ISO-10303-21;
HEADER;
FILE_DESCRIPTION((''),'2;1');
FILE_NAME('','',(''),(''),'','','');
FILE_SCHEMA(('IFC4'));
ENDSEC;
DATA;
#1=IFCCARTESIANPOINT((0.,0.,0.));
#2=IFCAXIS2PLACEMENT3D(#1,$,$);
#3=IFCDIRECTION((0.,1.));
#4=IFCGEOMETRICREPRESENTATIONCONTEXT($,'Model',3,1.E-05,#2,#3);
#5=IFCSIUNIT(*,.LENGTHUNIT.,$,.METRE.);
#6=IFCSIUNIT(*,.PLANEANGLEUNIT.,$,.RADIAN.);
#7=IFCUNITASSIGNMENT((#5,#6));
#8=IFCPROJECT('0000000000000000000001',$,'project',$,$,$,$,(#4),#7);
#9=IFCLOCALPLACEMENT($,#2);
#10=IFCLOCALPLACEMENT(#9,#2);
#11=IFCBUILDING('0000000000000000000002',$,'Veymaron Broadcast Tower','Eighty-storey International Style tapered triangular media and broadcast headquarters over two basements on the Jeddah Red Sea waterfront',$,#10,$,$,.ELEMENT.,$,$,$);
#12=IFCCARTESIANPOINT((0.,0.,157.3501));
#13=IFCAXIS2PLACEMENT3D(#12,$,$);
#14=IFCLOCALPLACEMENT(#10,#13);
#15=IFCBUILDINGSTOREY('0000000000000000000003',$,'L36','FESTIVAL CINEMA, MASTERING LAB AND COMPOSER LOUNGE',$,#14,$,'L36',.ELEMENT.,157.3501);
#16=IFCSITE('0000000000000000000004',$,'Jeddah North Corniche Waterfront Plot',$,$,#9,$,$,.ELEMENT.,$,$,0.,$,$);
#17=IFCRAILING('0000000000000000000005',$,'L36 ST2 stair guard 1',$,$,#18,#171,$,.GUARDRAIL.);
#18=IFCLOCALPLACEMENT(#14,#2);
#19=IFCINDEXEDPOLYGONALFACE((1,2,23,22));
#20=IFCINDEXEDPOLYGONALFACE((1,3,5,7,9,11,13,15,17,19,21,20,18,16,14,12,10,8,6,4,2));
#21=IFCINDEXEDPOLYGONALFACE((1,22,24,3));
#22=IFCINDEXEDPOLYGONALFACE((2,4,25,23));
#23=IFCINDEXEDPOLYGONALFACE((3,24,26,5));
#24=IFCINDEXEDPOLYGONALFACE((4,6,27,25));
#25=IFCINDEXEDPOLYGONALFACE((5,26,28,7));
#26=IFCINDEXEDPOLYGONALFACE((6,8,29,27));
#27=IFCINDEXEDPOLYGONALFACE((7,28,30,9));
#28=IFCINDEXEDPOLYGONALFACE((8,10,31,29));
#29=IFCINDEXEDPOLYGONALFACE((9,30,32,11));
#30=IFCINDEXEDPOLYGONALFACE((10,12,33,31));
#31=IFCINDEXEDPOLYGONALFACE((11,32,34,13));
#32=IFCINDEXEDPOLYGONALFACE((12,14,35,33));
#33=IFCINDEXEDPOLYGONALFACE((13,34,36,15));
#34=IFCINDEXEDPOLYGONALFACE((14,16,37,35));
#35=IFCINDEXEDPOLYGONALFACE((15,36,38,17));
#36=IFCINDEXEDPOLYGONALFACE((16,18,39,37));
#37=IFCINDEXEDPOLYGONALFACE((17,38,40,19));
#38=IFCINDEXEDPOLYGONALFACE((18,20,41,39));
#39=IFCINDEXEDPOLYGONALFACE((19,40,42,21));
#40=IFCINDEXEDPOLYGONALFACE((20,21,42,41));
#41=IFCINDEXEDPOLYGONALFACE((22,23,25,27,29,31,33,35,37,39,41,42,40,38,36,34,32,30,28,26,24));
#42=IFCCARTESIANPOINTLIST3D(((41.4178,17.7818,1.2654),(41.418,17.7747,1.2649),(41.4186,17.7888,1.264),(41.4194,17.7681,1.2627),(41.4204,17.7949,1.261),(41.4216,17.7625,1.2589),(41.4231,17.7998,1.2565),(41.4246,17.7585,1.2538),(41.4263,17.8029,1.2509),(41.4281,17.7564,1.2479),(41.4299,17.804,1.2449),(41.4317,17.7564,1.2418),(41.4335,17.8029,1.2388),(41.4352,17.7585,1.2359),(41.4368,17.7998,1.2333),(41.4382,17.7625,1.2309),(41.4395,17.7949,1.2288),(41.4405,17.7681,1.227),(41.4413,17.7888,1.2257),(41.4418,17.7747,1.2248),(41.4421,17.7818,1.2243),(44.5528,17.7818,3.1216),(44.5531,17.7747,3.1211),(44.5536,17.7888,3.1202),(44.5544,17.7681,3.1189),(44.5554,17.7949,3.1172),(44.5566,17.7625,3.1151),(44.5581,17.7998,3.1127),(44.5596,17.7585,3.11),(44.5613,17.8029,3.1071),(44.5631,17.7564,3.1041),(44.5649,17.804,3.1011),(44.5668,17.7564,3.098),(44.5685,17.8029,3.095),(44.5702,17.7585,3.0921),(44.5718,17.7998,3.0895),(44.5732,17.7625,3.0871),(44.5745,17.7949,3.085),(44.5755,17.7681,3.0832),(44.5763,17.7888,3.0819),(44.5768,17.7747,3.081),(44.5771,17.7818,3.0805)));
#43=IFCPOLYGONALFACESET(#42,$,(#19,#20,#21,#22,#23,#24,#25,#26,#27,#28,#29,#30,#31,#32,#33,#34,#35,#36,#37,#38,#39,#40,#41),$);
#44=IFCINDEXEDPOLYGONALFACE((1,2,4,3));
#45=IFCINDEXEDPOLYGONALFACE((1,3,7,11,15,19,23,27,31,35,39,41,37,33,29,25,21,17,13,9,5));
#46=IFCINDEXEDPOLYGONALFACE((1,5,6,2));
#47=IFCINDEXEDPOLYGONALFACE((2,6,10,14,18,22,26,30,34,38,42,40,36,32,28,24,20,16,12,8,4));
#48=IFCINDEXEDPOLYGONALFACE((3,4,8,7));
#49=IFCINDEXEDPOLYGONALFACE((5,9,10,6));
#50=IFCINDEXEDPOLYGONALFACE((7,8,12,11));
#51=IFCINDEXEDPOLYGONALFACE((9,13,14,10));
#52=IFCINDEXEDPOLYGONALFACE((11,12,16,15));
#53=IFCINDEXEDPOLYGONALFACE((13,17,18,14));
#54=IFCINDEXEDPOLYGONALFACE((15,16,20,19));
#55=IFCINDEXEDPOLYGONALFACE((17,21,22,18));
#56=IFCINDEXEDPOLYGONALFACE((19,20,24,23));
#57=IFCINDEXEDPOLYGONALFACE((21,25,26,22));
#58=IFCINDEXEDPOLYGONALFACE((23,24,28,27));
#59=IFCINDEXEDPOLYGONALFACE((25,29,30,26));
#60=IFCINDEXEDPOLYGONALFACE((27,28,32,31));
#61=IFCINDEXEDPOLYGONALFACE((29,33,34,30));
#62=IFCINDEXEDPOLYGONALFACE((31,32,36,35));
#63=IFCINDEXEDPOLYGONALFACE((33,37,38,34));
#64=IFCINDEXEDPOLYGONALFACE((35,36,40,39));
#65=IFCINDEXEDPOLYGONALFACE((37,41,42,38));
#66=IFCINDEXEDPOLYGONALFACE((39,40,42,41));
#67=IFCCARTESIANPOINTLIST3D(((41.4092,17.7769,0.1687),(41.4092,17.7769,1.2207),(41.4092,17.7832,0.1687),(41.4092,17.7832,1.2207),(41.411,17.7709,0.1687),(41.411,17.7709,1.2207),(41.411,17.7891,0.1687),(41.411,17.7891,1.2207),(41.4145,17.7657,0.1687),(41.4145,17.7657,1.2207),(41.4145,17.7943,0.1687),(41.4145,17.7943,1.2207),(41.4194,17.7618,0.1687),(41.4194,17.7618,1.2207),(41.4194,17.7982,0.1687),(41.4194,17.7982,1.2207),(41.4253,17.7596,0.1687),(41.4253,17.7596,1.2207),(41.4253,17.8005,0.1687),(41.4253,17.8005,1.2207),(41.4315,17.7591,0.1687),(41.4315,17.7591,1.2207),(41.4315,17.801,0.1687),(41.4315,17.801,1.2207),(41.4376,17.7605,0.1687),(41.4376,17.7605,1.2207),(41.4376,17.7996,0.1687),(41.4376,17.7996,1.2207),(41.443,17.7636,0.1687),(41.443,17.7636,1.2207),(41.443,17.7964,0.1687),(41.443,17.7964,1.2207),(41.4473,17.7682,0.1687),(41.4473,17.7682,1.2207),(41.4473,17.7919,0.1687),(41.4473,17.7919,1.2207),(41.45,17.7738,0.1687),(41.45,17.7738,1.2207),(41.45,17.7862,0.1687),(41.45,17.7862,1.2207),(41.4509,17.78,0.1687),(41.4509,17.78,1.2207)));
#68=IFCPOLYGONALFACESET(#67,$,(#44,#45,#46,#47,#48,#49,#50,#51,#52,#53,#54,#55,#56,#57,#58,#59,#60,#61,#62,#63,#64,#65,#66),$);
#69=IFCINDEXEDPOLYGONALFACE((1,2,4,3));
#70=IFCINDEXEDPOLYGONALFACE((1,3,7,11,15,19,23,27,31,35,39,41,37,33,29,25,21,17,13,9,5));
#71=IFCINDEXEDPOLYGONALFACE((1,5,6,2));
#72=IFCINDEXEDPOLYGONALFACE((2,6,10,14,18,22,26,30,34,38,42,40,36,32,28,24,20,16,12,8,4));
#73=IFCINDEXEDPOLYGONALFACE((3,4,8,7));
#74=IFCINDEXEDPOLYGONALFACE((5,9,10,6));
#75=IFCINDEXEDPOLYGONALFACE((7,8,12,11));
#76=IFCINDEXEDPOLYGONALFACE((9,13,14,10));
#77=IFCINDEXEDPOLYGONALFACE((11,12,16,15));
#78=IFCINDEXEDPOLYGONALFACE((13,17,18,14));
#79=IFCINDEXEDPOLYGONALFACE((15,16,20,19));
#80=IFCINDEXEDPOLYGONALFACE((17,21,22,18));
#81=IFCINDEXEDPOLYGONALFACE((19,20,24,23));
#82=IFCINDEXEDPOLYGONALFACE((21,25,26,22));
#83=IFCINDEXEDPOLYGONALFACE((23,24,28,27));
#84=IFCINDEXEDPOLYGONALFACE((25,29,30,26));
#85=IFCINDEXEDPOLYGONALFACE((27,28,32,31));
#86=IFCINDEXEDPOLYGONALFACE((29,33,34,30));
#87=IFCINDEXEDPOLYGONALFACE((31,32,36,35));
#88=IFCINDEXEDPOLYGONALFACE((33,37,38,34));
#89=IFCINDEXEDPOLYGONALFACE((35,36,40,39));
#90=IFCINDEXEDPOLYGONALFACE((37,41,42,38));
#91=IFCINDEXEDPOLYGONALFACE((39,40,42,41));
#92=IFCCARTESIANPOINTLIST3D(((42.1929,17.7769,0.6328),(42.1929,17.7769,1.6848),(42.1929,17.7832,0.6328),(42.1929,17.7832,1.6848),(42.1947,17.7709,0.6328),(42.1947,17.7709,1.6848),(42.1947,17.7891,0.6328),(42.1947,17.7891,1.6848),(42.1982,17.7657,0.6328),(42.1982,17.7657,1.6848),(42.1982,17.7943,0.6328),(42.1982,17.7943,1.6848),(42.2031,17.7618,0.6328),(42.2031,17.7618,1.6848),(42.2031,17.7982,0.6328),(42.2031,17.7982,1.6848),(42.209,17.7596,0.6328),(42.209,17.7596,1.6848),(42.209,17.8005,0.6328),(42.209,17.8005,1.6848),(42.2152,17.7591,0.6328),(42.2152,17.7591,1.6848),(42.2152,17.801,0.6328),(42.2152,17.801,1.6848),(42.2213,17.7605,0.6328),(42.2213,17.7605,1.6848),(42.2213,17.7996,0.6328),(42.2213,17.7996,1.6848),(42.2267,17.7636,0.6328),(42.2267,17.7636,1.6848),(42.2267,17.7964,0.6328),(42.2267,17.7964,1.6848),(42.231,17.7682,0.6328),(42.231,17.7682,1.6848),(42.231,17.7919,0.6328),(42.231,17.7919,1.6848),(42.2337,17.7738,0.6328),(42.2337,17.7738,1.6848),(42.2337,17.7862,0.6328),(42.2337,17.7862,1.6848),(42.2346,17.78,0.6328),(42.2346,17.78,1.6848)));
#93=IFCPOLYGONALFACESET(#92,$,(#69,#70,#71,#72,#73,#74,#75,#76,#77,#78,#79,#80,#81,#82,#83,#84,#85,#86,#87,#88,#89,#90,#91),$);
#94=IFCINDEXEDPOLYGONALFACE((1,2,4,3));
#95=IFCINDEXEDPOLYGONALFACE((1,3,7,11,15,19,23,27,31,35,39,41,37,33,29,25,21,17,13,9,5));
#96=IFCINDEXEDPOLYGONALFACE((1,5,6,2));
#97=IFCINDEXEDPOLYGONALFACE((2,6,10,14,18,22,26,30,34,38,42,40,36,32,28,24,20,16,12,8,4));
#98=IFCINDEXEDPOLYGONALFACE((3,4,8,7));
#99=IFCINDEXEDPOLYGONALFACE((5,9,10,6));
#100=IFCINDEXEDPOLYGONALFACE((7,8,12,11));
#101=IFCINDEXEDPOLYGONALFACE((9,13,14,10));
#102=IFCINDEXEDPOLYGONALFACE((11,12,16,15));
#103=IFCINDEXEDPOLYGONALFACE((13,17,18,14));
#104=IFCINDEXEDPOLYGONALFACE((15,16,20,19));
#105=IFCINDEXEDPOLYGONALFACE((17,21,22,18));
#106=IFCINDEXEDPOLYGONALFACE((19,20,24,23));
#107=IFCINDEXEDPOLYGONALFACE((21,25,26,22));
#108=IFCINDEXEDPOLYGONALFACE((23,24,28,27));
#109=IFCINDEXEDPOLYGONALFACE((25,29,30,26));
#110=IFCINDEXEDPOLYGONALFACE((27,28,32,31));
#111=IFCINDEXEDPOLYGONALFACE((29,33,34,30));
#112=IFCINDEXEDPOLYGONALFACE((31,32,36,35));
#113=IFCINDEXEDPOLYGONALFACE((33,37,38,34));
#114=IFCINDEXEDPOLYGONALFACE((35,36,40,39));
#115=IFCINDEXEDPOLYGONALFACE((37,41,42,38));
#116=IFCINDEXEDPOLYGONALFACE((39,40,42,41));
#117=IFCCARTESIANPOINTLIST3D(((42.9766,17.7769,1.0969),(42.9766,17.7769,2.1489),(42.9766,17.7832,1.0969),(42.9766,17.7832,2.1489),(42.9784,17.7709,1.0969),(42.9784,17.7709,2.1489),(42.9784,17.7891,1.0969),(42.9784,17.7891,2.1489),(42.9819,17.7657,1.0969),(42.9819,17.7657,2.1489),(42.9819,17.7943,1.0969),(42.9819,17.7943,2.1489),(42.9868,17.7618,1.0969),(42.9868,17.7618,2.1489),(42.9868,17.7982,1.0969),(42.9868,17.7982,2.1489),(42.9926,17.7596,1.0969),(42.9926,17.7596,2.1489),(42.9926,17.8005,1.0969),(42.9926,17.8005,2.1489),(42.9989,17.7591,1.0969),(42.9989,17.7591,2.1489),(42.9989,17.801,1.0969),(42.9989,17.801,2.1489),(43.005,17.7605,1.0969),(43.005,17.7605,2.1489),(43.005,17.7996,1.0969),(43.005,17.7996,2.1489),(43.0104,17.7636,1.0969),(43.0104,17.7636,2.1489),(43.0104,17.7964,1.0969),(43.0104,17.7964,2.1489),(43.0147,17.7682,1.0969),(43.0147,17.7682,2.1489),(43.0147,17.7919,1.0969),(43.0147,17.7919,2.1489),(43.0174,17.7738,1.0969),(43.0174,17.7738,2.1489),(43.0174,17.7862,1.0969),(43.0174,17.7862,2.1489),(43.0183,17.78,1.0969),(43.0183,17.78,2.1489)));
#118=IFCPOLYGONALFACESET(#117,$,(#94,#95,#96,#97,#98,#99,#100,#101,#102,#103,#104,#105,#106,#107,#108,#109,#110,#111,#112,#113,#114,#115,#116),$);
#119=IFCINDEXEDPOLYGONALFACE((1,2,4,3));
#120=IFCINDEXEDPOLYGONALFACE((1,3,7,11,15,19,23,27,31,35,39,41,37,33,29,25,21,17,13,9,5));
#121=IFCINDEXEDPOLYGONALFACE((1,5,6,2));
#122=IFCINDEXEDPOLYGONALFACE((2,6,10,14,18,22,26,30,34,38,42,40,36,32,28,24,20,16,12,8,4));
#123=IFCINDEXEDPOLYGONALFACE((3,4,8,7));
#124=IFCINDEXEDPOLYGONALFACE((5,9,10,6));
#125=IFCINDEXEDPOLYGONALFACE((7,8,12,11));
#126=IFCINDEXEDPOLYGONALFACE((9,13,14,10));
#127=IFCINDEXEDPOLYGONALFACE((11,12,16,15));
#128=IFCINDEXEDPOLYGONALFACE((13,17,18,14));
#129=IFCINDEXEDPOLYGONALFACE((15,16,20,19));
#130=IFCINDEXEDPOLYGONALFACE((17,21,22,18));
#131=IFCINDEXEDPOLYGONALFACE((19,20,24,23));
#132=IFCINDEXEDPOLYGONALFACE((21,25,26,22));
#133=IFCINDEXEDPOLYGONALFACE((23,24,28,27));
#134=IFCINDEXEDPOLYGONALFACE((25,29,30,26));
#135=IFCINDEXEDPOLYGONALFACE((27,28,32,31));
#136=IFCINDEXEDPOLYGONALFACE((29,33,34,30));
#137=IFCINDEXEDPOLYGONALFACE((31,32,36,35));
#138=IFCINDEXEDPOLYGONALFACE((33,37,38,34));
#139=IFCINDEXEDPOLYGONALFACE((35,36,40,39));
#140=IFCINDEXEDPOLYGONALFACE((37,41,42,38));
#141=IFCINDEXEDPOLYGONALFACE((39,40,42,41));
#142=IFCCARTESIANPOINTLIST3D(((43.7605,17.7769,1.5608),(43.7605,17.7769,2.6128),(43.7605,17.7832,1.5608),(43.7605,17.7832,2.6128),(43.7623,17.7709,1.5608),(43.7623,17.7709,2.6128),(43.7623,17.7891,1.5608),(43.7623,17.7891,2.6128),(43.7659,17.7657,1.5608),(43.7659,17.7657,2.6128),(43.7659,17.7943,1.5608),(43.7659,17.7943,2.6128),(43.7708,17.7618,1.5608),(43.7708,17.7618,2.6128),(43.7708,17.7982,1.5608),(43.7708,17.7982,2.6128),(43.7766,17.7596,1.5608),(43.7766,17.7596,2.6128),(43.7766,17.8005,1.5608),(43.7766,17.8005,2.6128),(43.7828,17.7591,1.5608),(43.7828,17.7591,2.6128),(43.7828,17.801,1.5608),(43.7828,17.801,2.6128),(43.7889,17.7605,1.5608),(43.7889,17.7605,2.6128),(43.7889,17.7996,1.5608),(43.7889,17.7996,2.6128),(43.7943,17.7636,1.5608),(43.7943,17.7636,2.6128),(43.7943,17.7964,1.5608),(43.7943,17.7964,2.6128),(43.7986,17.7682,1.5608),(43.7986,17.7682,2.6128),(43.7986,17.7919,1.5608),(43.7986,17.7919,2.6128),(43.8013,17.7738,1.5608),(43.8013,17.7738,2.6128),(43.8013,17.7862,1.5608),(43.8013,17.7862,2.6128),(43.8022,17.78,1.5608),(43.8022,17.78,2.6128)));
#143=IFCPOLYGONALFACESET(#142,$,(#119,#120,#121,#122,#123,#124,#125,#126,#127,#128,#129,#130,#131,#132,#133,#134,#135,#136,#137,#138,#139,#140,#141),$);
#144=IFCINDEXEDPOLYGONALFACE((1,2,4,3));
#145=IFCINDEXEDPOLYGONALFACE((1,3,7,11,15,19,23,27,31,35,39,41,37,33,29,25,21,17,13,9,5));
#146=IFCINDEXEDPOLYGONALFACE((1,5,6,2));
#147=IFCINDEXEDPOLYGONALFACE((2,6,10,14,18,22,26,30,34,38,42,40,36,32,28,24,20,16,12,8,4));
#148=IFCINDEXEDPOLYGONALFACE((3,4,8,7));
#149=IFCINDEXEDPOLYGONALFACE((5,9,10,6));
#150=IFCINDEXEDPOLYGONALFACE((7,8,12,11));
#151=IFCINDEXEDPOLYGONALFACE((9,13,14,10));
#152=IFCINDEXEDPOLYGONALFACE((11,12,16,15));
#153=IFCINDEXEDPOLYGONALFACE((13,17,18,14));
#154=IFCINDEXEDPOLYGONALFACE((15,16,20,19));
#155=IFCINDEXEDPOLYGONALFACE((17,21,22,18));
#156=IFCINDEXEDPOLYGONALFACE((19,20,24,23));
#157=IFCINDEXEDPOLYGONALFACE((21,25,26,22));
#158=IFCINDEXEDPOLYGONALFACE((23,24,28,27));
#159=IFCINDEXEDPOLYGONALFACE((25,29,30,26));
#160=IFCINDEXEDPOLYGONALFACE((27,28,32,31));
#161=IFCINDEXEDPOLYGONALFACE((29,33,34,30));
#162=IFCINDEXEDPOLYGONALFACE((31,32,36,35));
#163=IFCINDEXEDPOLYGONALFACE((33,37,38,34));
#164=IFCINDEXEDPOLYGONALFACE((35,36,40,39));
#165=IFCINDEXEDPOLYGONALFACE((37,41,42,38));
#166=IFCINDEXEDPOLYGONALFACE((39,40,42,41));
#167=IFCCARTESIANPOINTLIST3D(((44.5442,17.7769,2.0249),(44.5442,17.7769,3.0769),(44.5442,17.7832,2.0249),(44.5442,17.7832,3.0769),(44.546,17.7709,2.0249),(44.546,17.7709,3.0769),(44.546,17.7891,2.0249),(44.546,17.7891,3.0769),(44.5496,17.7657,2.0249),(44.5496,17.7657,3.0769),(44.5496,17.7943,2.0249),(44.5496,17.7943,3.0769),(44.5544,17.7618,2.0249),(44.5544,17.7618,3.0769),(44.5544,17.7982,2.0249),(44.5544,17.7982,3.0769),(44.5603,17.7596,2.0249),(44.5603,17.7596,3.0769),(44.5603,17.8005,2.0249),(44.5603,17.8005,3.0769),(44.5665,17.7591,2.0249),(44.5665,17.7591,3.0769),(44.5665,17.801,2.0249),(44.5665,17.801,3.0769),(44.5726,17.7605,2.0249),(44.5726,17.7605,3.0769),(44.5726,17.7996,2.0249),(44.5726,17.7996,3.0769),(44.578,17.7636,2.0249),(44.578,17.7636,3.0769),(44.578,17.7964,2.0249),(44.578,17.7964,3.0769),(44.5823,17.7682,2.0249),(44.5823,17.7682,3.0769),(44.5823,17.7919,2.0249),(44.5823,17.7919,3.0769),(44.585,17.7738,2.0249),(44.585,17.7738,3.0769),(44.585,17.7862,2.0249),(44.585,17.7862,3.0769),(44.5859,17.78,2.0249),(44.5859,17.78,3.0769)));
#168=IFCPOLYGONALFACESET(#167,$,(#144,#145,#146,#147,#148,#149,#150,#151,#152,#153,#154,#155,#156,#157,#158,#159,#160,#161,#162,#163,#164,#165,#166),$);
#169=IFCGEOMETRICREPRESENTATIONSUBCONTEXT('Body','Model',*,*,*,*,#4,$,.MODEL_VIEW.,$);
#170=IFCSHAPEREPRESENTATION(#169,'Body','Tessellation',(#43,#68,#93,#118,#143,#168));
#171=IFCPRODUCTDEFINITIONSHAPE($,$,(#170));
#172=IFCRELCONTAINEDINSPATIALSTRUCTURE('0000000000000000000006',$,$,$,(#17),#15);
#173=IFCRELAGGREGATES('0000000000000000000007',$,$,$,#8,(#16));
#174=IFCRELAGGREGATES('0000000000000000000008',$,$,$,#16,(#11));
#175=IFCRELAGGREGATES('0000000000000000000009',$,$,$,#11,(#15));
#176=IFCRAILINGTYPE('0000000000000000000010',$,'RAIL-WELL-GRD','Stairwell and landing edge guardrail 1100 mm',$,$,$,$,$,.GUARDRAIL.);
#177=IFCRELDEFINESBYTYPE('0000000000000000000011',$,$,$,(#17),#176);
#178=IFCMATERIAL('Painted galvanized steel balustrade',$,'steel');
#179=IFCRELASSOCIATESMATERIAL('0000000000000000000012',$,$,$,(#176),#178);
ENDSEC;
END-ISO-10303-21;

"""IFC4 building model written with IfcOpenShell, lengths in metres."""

from ifc_helpers import new_model, si_unit, direction, frame, origin, origin_2d, place, context, subcontext, project, spatial, circle, extrude, material, type_object, element, save


model = new_model("IFC4")

# Units and contexts
model_context = context("Model", 3, precision=1e-05, world=origin(), true_north=direction((0.0, 1.0)))
body_context = subcontext(model_context, "Body", "Model", "MODEL_VIEW")
ifc_project = project(units=[si_unit("LENGTHUNIT", "METRE"), si_unit("PLANEANGLEUNIT", "RADIAN")], contexts=[model_context])

# Site, building, storey
site_placement = place(None, origin())
site = spatial("IfcSite", under=ifc_project, at=site_placement, Name="Jeddah North Corniche Waterfront Plot", CompositionType="ELEMENT", RefElevation=0.0)
building_placement = place(site_placement, origin())
building = spatial("IfcBuilding", under=site, at=building_placement, Name="Veymaron Broadcast Tower", Description="Eighty-storey International Style tapered triangular media and broadcast headquarters over two basements on the Jeddah Red Sea waterfront", CompositionType="ELEMENT")
storey_placement = place(building_placement, frame((0.0, 0.0, 157.3501)))
storey = spatial("IfcBuildingStorey", under=building, at=storey_placement, Name="L36", Description="FESTIVAL CINEMA, MASTERING LAB AND COMPOSER LOUNGE", LongName="L36", CompositionType="ELEMENT", Elevation=157.3501)

# Railing
ifc_material_1 = material(Name="Painted galvanized steel balustrade", Category="steel")
railing_type_1 = type_object("IfcRailingType", Name="RAIL-WELL-GRD", Description="Stairwell and landing edge guardrail 1100 mm", PredefinedType="GUARDRAIL", material=ifc_material_1)
railing_1_placement = place(storey_placement, frame((41.4299, 17.78, 0.1687)))
element("IfcRailing", 1, at=railing_1_placement, inside=storey, type_object=railing_type_1, Name="L36 ST2 stair guard 1", PredefinedType="GUARDRAIL", context=body_context, shape_type="SweptSolid", body=[
    extrude(circle(Radius=0.0239, at=origin_2d()), frame((0.0, 0.0, 1.0762), z_axis=(0.860482, 0.0, 0.509481), x_axis=(0.0, 1.0, 0.0)), (0.0, 0.0, 1.0), 3.6433),
    extrude(circle(Radius=0.021, at=origin_2d()), origin(), (0.0, 0.0, 1.0), 1.052),
    extrude(circle(Radius=0.021, at=origin_2d()), frame((0.7837, 0.0, 0.4641)), (0.0, 0.0, 1.0), 1.052),
    extrude(circle(Radius=0.021, at=origin_2d()), frame((1.5674, 0.0, 0.9282)), (0.0, 0.0, 1.0), 1.052),
    extrude(circle(Radius=0.021, at=origin_2d()), frame((2.3513, 0.0, 1.3921)), (0.0, 0.0, 1.0), 1.052),
    extrude(circle(Radius=0.021, at=origin_2d()), frame((3.135, 0.0, 1.8562)), (0.0, 0.0, 1.0), 1.052),
])

save(model, "model.ifc")
